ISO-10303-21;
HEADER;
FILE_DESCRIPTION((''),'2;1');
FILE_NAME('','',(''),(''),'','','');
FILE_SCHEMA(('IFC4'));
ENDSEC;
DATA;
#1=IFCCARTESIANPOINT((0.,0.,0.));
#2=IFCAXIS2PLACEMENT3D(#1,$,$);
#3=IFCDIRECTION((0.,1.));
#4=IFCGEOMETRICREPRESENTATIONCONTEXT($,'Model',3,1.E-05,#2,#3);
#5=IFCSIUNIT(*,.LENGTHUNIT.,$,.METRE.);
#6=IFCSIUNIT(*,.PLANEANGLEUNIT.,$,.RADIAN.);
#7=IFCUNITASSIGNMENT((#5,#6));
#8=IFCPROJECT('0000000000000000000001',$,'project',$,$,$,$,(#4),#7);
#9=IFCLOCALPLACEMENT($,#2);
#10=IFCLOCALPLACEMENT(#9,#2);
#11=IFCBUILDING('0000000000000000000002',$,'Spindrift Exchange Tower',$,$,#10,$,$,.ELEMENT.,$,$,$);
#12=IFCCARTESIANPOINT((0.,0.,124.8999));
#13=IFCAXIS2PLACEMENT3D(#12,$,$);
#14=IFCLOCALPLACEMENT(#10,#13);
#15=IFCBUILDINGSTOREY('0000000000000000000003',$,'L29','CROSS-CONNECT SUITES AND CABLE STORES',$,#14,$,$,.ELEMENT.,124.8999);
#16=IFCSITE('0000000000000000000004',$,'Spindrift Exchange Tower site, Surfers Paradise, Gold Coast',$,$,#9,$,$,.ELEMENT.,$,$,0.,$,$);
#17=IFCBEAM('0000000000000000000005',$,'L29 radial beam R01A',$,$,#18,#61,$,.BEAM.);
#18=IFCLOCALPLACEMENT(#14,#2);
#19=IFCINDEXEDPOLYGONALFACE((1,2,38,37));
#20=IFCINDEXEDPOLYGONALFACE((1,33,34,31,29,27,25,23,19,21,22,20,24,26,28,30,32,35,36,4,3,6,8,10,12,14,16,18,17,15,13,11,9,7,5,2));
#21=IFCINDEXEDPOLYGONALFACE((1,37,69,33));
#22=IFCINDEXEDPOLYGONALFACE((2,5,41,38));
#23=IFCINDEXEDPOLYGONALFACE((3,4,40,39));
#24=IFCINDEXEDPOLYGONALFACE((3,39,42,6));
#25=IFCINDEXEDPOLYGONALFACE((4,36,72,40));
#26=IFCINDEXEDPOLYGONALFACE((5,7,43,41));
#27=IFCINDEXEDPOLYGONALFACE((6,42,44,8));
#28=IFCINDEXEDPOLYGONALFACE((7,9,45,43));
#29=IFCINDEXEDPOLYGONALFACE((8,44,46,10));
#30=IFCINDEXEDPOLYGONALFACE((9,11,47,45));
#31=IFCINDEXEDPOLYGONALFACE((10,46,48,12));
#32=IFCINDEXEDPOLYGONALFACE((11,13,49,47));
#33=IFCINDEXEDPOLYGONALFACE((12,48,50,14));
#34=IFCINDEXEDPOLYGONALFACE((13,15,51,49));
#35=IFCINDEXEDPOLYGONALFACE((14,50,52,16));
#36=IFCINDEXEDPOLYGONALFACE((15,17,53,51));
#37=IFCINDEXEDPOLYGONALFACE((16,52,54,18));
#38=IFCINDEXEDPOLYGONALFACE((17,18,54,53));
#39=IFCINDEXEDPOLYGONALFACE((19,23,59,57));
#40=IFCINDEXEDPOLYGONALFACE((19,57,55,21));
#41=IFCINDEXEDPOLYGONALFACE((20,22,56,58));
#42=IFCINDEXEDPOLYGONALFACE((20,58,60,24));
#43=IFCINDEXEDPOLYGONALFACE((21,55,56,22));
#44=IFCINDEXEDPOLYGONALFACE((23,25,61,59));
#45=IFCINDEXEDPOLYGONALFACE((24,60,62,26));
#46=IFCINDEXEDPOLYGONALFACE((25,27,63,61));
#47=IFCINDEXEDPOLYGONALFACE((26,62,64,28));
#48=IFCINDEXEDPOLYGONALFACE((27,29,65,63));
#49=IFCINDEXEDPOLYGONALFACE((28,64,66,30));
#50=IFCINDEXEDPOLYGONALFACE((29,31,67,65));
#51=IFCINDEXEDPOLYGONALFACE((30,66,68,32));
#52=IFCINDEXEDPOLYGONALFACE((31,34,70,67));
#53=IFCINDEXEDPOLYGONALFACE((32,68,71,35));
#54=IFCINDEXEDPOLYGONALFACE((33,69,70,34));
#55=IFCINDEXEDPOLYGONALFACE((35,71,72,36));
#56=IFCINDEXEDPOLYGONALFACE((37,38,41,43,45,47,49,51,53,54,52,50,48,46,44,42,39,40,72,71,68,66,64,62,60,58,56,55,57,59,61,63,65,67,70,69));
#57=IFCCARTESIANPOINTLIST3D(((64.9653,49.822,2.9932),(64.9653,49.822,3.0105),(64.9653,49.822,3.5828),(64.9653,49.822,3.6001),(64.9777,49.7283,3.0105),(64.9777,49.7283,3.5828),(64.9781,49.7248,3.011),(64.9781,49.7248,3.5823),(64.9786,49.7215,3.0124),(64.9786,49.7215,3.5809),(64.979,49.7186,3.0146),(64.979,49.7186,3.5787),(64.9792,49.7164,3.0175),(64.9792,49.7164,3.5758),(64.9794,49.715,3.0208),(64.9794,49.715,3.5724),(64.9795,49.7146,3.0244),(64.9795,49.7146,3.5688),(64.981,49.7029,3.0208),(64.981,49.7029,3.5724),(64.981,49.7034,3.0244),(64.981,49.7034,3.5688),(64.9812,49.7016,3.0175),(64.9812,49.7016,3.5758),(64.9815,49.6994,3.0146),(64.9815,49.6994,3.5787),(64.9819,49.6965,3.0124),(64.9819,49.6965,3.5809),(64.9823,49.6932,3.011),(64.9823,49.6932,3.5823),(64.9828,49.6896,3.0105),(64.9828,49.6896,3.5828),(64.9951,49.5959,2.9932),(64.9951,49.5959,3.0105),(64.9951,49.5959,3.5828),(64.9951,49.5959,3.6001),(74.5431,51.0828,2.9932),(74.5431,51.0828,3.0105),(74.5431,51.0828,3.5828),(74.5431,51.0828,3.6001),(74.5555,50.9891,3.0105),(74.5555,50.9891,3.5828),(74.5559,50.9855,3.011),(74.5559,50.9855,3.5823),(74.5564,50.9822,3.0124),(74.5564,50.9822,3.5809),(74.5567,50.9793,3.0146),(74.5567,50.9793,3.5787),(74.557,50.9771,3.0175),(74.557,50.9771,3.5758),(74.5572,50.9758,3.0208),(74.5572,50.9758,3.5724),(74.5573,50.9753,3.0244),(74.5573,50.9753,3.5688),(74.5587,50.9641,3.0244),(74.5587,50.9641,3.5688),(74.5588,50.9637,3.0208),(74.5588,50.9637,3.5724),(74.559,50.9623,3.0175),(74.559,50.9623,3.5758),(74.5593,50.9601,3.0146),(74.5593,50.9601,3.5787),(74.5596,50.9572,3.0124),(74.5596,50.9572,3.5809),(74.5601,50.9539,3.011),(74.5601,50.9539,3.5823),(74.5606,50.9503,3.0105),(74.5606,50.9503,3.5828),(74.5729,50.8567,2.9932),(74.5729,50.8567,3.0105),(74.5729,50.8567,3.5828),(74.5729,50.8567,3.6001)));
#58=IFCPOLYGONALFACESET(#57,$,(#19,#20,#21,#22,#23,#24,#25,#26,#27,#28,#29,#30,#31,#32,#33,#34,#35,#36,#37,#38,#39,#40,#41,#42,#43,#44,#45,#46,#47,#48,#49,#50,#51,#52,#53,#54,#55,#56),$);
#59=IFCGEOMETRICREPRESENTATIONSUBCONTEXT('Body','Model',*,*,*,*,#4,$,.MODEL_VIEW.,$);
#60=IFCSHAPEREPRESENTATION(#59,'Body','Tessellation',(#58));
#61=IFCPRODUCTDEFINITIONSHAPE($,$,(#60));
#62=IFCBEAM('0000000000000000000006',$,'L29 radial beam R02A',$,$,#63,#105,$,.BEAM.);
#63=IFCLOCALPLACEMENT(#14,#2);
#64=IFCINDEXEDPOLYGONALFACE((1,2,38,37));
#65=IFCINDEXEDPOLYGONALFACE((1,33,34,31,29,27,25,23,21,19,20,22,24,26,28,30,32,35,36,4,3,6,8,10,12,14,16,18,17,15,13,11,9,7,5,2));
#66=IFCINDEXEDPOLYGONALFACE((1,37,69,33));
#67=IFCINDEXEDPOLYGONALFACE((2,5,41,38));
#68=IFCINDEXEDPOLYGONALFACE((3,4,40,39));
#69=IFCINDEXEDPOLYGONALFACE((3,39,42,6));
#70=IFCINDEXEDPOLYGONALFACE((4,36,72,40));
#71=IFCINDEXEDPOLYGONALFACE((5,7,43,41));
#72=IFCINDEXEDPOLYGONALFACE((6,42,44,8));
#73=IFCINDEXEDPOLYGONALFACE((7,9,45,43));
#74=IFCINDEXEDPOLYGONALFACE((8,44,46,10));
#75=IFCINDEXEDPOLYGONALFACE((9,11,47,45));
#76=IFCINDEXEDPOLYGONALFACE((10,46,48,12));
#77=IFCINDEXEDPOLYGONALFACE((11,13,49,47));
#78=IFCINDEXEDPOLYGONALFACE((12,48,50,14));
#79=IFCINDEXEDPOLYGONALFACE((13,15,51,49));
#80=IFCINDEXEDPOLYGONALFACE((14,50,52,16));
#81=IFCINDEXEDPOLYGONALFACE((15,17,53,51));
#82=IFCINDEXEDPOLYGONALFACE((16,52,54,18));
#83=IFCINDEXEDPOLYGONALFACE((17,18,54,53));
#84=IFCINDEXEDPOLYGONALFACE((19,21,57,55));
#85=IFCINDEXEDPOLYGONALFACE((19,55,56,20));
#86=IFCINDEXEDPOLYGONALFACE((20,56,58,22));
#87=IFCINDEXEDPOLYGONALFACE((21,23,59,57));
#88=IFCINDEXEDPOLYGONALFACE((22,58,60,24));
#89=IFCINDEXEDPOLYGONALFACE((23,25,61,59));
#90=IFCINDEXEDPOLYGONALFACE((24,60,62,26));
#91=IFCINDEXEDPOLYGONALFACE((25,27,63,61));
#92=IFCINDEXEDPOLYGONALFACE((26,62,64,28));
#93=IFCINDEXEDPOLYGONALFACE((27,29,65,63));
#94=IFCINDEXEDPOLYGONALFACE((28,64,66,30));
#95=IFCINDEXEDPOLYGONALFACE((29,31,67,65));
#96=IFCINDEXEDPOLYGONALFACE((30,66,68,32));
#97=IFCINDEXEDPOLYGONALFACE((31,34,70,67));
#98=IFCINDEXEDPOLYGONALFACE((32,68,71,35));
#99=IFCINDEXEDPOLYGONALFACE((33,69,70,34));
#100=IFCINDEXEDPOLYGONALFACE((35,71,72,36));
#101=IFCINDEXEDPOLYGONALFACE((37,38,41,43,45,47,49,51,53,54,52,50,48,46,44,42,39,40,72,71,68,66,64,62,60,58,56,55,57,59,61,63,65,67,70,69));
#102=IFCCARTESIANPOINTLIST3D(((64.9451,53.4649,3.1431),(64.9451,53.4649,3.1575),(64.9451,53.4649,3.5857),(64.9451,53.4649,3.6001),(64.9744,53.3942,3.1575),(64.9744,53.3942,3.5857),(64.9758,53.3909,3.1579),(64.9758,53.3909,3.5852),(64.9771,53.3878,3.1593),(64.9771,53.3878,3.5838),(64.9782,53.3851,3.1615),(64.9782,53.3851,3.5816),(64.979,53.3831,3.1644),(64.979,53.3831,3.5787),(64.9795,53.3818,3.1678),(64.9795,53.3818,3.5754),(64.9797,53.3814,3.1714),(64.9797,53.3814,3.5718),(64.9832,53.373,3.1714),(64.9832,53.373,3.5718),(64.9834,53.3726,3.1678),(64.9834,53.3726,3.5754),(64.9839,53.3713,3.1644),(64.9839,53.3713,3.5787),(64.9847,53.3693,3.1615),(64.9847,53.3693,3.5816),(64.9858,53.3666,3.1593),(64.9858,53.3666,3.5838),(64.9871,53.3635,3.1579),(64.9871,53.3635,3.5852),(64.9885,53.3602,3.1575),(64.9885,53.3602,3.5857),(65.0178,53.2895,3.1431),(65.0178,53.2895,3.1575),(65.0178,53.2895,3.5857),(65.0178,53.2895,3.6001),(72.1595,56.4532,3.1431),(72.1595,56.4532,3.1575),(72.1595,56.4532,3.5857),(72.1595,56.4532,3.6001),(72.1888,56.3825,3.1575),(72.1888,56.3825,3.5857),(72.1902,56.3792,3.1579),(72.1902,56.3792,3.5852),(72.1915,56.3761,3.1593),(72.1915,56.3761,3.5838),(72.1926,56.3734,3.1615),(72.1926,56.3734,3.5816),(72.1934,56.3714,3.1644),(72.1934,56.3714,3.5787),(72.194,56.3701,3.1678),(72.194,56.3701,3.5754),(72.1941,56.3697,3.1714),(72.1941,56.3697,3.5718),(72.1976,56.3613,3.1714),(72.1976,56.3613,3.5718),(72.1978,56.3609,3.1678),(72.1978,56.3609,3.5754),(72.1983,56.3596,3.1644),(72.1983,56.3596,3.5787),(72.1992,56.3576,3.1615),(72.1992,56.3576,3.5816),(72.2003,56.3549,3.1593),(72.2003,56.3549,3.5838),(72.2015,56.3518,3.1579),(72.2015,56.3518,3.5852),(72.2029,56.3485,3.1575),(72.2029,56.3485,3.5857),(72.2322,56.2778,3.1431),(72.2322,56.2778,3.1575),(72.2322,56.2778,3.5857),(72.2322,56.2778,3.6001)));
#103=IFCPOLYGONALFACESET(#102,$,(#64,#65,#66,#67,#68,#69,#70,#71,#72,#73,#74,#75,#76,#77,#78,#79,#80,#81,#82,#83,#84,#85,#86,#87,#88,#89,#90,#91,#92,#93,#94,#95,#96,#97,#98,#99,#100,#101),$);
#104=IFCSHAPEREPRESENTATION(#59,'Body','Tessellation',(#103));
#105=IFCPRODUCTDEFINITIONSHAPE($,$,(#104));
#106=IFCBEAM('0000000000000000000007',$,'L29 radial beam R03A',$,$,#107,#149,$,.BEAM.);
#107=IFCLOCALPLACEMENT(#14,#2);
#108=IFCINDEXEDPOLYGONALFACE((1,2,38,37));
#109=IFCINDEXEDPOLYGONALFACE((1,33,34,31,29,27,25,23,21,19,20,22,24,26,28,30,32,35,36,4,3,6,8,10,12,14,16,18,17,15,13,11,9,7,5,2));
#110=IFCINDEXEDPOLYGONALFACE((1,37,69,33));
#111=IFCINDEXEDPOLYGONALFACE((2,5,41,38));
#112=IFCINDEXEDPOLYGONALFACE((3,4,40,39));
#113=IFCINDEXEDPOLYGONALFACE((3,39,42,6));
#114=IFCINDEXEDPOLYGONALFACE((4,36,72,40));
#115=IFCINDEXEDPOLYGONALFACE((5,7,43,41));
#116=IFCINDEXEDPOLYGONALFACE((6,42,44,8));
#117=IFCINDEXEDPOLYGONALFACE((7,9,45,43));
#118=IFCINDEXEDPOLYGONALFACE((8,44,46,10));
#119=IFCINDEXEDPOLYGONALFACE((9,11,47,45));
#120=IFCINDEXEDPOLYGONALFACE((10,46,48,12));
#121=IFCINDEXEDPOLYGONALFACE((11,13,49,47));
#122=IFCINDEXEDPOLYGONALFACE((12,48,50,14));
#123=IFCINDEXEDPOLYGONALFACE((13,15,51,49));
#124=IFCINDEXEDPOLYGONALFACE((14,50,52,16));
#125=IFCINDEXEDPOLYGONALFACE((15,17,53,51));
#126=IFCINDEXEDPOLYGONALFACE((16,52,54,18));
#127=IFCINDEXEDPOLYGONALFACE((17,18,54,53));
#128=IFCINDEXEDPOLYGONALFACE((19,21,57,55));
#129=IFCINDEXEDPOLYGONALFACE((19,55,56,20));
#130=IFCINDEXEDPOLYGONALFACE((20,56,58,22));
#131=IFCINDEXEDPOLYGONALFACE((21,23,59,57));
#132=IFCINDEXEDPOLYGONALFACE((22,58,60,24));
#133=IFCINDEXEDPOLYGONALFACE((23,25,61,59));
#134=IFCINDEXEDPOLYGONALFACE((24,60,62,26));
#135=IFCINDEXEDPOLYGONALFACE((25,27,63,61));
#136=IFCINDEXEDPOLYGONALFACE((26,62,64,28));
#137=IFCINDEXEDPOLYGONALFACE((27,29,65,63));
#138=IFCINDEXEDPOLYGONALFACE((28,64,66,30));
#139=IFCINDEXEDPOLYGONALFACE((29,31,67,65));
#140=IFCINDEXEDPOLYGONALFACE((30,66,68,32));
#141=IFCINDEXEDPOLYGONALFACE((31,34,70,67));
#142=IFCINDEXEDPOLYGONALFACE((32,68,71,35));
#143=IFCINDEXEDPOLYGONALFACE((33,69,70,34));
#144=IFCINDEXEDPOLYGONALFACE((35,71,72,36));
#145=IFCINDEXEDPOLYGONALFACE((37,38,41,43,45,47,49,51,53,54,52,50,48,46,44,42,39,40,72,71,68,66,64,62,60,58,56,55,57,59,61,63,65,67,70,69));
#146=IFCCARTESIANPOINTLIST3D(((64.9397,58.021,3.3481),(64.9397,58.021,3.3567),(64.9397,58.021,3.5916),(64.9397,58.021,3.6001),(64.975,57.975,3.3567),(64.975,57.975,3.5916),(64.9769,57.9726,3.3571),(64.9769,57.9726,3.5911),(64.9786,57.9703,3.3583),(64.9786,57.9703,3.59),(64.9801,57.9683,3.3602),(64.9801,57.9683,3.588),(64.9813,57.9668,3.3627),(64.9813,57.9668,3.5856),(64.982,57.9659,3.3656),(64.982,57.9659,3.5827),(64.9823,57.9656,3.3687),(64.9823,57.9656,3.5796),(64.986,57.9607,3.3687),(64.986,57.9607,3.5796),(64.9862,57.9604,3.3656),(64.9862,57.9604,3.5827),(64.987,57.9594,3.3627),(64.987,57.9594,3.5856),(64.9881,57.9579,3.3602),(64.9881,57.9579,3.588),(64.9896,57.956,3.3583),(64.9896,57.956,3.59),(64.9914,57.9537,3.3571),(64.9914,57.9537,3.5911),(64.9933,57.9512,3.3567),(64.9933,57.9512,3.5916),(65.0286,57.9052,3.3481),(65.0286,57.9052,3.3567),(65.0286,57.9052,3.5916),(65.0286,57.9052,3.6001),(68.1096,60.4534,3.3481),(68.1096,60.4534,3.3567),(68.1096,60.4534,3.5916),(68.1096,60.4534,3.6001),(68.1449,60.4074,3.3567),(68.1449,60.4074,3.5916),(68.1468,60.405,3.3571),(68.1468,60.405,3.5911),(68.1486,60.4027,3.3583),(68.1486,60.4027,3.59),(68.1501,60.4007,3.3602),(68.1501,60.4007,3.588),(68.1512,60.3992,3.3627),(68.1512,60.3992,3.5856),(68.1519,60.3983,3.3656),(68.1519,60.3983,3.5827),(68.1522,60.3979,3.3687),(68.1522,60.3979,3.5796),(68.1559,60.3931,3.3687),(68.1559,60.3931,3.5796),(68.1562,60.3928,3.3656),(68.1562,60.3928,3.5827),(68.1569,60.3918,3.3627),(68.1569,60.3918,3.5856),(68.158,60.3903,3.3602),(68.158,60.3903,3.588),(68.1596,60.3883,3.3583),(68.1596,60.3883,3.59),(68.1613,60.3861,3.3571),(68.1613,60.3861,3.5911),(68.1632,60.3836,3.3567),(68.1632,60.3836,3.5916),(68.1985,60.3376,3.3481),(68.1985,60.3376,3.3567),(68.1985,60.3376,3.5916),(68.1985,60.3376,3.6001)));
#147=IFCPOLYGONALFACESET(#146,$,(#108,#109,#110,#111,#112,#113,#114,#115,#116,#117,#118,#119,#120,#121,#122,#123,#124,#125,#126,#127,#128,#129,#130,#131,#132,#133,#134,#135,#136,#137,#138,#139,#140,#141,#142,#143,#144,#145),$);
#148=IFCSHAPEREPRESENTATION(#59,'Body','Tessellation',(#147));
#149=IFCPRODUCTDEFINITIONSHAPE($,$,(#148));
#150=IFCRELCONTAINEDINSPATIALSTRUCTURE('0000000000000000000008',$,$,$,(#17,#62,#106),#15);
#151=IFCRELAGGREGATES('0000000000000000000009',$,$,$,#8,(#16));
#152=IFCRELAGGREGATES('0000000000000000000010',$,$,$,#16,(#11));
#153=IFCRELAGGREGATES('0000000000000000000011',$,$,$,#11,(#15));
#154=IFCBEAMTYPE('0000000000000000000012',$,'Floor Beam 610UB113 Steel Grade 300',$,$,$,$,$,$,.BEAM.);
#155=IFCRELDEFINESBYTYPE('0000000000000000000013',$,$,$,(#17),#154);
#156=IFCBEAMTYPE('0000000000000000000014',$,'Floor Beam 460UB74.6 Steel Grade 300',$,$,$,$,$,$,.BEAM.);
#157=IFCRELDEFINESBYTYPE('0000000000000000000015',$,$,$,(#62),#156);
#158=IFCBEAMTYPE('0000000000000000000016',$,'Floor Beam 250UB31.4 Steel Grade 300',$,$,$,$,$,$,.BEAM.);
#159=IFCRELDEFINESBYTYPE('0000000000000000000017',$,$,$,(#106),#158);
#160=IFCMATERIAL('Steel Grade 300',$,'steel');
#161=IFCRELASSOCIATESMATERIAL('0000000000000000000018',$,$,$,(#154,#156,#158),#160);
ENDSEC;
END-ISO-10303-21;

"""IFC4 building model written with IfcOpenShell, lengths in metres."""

from ifc_helpers import new_model, si_unit, direction, frame, origin, origin_2d, place, context, subcontext, project, spatial, i_section, extrude, source, transform, mapped, material, material_profile, profile_set, type_object, element, save


model = new_model("IFC4")

# Units and contexts
model_context = context("Model", 3, precision=1e-05, world=origin(), true_north=direction((0.0, 1.0)))
body_context = subcontext(model_context, "Body", "Model", "MODEL_VIEW")
ifc_project = project(units=[si_unit("LENGTHUNIT", "METRE"), si_unit("PLANEANGLEUNIT", "RADIAN")], contexts=[model_context])

# Site, building, storey
site_placement = place(None, origin())
site = spatial("IfcSite", under=ifc_project, at=site_placement, Name="Spindrift Exchange Tower site, Surfers Paradise, Gold Coast", CompositionType="ELEMENT", RefElevation=0.0)
building_placement = place(site_placement, origin())
building = spatial("IfcBuilding", under=site, at=building_placement, Name="Spindrift Exchange Tower", CompositionType="ELEMENT")
storey_placement = place(building_placement, frame((0.0, 0.0, 124.8999)))
storey = spatial("IfcBuildingStorey", under=building, at=storey_placement, Name="L29", Description="CROSS-CONNECT SUITES AND CABLE STORES", CompositionType="ELEMENT", Elevation=124.8999)

# Beams
ifc_material_1 = material(Name="Steel Grade 300", Category="steel")
ifc_material_profile_1 = material_profile(ifc_material_1, i_section(OverallWidth=0.228, OverallDepth=0.6069, WebThickness=0.0112, FlangeThickness=0.0173, FilletRadius=0.0139, at=origin_2d()), Name="610UB113")
ifc_profile_set_1 = profile_set([ifc_material_profile_1], Name="Steel Grade 300")
beam_type_1 = type_object("IfcBeamType", Name="Floor Beam 610UB113 Steel Grade 300", PredefinedType="BEAM", material=ifc_profile_set_1)
shared_shape_1 = source(origin(), body_context, "Body", "SweptSolid", [
    extrude(i_section(OverallWidth=0.228, OverallDepth=0.6069, WebThickness=0.0112, FlangeThickness=0.0173, FilletRadius=0.0139, at=origin_2d()), origin(), (0.0, 0.0, 1.0), 9.6604),
])
beam_1_placement = place(storey_placement, frame((64.9802, 49.709, 3.2966), z_axis=(0.991448, 0.130505, 0.0), x_axis=(-0.130505, 0.991448, 0.0)))
element("IfcBeam", 1, at=beam_1_placement, inside=storey, type_object=beam_type_1, Name="L29 radial beam R01A", PredefinedType="BEAM", context=body_context, shape_type="MappedRepresentation", body=[
    mapped(shared_shape_1, transform((0.0, 0.0, 0.0), scale=1.0)),
])
ifc_material_profile_2 = material_profile(ifc_material_1, i_section(OverallWidth=0.1899, OverallDepth=0.457, WebThickness=0.009, FlangeThickness=0.0144, FilletRadius=0.0139, at=origin_2d()), Name="460UB74.6")
ifc_profile_set_2 = profile_set([ifc_material_profile_2], Name="Steel Grade 300")
beam_type_2 = type_object("IfcBeamType", Name="Floor Beam 460UB74.6 Steel Grade 300", PredefinedType="BEAM", material=ifc_profile_set_2)
shared_shape_2 = source(origin(), body_context, "Body", "SweptSolid", [
    extrude(i_section(OverallWidth=0.1899, OverallDepth=0.457, WebThickness=0.009, FlangeThickness=0.0144, FilletRadius=0.0139, at=origin_2d()), origin(), (0.0, 0.0, 1.0), 7.8088),
])
beam_2_placement = place(storey_placement, frame((64.9814, 53.3772, 3.3716), z_axis=(0.92388, 0.382683, 0.0), x_axis=(-0.382683, 0.92388, 0.0)))
element("IfcBeam", 2, at=beam_2_placement, inside=storey, type_object=beam_type_2, Name="L29 radial beam R02A", PredefinedType="BEAM", context=body_context, shape_type="MappedRepresentation", body=[
    mapped(shared_shape_2, transform((0.0, 0.0, 0.0), scale=1.0)),
])
ifc_material_profile_3 = material_profile(ifc_material_1, i_section(OverallWidth=0.146, OverallDepth=0.252, WebThickness=0.0061, FlangeThickness=0.0085, FilletRadius=0.012, at=origin_2d()), Name="250UB31.4")
ifc_profile_set_3 = profile_set([ifc_material_profile_3], Name="Steel Grade 300")
beam_type_3 = type_object("IfcBeamType", Name="Floor Beam 250UB31.4 Steel Grade 300", PredefinedType="BEAM", material=ifc_profile_set_3)
shared_shape_3 = source(origin(), body_context, "Body", "SweptSolid", [
    extrude(i_section(OverallWidth=0.146, OverallDepth=0.252, WebThickness=0.0061, FlangeThickness=0.0085, FilletRadius=0.012, at=origin_2d()), origin(), (0.0, 0.0, 1.0), 3.9956),
])
beam_3_placement = place(storey_placement, frame((64.9841, 57.9631, 3.4741), z_axis=(0.793353, 0.608762, 0.0), x_axis=(-0.608762, 0.793353, 0.0)))
element("IfcBeam", 3, at=beam_3_placement, inside=storey, type_object=beam_type_3, Name="L29 radial beam R03A", PredefinedType="BEAM", context=body_context, shape_type="MappedRepresentation", body=[
    mapped(shared_shape_3, transform((0.0, 0.0, 0.0), scale=1.0)),
])

save(model, "model.ifc")
